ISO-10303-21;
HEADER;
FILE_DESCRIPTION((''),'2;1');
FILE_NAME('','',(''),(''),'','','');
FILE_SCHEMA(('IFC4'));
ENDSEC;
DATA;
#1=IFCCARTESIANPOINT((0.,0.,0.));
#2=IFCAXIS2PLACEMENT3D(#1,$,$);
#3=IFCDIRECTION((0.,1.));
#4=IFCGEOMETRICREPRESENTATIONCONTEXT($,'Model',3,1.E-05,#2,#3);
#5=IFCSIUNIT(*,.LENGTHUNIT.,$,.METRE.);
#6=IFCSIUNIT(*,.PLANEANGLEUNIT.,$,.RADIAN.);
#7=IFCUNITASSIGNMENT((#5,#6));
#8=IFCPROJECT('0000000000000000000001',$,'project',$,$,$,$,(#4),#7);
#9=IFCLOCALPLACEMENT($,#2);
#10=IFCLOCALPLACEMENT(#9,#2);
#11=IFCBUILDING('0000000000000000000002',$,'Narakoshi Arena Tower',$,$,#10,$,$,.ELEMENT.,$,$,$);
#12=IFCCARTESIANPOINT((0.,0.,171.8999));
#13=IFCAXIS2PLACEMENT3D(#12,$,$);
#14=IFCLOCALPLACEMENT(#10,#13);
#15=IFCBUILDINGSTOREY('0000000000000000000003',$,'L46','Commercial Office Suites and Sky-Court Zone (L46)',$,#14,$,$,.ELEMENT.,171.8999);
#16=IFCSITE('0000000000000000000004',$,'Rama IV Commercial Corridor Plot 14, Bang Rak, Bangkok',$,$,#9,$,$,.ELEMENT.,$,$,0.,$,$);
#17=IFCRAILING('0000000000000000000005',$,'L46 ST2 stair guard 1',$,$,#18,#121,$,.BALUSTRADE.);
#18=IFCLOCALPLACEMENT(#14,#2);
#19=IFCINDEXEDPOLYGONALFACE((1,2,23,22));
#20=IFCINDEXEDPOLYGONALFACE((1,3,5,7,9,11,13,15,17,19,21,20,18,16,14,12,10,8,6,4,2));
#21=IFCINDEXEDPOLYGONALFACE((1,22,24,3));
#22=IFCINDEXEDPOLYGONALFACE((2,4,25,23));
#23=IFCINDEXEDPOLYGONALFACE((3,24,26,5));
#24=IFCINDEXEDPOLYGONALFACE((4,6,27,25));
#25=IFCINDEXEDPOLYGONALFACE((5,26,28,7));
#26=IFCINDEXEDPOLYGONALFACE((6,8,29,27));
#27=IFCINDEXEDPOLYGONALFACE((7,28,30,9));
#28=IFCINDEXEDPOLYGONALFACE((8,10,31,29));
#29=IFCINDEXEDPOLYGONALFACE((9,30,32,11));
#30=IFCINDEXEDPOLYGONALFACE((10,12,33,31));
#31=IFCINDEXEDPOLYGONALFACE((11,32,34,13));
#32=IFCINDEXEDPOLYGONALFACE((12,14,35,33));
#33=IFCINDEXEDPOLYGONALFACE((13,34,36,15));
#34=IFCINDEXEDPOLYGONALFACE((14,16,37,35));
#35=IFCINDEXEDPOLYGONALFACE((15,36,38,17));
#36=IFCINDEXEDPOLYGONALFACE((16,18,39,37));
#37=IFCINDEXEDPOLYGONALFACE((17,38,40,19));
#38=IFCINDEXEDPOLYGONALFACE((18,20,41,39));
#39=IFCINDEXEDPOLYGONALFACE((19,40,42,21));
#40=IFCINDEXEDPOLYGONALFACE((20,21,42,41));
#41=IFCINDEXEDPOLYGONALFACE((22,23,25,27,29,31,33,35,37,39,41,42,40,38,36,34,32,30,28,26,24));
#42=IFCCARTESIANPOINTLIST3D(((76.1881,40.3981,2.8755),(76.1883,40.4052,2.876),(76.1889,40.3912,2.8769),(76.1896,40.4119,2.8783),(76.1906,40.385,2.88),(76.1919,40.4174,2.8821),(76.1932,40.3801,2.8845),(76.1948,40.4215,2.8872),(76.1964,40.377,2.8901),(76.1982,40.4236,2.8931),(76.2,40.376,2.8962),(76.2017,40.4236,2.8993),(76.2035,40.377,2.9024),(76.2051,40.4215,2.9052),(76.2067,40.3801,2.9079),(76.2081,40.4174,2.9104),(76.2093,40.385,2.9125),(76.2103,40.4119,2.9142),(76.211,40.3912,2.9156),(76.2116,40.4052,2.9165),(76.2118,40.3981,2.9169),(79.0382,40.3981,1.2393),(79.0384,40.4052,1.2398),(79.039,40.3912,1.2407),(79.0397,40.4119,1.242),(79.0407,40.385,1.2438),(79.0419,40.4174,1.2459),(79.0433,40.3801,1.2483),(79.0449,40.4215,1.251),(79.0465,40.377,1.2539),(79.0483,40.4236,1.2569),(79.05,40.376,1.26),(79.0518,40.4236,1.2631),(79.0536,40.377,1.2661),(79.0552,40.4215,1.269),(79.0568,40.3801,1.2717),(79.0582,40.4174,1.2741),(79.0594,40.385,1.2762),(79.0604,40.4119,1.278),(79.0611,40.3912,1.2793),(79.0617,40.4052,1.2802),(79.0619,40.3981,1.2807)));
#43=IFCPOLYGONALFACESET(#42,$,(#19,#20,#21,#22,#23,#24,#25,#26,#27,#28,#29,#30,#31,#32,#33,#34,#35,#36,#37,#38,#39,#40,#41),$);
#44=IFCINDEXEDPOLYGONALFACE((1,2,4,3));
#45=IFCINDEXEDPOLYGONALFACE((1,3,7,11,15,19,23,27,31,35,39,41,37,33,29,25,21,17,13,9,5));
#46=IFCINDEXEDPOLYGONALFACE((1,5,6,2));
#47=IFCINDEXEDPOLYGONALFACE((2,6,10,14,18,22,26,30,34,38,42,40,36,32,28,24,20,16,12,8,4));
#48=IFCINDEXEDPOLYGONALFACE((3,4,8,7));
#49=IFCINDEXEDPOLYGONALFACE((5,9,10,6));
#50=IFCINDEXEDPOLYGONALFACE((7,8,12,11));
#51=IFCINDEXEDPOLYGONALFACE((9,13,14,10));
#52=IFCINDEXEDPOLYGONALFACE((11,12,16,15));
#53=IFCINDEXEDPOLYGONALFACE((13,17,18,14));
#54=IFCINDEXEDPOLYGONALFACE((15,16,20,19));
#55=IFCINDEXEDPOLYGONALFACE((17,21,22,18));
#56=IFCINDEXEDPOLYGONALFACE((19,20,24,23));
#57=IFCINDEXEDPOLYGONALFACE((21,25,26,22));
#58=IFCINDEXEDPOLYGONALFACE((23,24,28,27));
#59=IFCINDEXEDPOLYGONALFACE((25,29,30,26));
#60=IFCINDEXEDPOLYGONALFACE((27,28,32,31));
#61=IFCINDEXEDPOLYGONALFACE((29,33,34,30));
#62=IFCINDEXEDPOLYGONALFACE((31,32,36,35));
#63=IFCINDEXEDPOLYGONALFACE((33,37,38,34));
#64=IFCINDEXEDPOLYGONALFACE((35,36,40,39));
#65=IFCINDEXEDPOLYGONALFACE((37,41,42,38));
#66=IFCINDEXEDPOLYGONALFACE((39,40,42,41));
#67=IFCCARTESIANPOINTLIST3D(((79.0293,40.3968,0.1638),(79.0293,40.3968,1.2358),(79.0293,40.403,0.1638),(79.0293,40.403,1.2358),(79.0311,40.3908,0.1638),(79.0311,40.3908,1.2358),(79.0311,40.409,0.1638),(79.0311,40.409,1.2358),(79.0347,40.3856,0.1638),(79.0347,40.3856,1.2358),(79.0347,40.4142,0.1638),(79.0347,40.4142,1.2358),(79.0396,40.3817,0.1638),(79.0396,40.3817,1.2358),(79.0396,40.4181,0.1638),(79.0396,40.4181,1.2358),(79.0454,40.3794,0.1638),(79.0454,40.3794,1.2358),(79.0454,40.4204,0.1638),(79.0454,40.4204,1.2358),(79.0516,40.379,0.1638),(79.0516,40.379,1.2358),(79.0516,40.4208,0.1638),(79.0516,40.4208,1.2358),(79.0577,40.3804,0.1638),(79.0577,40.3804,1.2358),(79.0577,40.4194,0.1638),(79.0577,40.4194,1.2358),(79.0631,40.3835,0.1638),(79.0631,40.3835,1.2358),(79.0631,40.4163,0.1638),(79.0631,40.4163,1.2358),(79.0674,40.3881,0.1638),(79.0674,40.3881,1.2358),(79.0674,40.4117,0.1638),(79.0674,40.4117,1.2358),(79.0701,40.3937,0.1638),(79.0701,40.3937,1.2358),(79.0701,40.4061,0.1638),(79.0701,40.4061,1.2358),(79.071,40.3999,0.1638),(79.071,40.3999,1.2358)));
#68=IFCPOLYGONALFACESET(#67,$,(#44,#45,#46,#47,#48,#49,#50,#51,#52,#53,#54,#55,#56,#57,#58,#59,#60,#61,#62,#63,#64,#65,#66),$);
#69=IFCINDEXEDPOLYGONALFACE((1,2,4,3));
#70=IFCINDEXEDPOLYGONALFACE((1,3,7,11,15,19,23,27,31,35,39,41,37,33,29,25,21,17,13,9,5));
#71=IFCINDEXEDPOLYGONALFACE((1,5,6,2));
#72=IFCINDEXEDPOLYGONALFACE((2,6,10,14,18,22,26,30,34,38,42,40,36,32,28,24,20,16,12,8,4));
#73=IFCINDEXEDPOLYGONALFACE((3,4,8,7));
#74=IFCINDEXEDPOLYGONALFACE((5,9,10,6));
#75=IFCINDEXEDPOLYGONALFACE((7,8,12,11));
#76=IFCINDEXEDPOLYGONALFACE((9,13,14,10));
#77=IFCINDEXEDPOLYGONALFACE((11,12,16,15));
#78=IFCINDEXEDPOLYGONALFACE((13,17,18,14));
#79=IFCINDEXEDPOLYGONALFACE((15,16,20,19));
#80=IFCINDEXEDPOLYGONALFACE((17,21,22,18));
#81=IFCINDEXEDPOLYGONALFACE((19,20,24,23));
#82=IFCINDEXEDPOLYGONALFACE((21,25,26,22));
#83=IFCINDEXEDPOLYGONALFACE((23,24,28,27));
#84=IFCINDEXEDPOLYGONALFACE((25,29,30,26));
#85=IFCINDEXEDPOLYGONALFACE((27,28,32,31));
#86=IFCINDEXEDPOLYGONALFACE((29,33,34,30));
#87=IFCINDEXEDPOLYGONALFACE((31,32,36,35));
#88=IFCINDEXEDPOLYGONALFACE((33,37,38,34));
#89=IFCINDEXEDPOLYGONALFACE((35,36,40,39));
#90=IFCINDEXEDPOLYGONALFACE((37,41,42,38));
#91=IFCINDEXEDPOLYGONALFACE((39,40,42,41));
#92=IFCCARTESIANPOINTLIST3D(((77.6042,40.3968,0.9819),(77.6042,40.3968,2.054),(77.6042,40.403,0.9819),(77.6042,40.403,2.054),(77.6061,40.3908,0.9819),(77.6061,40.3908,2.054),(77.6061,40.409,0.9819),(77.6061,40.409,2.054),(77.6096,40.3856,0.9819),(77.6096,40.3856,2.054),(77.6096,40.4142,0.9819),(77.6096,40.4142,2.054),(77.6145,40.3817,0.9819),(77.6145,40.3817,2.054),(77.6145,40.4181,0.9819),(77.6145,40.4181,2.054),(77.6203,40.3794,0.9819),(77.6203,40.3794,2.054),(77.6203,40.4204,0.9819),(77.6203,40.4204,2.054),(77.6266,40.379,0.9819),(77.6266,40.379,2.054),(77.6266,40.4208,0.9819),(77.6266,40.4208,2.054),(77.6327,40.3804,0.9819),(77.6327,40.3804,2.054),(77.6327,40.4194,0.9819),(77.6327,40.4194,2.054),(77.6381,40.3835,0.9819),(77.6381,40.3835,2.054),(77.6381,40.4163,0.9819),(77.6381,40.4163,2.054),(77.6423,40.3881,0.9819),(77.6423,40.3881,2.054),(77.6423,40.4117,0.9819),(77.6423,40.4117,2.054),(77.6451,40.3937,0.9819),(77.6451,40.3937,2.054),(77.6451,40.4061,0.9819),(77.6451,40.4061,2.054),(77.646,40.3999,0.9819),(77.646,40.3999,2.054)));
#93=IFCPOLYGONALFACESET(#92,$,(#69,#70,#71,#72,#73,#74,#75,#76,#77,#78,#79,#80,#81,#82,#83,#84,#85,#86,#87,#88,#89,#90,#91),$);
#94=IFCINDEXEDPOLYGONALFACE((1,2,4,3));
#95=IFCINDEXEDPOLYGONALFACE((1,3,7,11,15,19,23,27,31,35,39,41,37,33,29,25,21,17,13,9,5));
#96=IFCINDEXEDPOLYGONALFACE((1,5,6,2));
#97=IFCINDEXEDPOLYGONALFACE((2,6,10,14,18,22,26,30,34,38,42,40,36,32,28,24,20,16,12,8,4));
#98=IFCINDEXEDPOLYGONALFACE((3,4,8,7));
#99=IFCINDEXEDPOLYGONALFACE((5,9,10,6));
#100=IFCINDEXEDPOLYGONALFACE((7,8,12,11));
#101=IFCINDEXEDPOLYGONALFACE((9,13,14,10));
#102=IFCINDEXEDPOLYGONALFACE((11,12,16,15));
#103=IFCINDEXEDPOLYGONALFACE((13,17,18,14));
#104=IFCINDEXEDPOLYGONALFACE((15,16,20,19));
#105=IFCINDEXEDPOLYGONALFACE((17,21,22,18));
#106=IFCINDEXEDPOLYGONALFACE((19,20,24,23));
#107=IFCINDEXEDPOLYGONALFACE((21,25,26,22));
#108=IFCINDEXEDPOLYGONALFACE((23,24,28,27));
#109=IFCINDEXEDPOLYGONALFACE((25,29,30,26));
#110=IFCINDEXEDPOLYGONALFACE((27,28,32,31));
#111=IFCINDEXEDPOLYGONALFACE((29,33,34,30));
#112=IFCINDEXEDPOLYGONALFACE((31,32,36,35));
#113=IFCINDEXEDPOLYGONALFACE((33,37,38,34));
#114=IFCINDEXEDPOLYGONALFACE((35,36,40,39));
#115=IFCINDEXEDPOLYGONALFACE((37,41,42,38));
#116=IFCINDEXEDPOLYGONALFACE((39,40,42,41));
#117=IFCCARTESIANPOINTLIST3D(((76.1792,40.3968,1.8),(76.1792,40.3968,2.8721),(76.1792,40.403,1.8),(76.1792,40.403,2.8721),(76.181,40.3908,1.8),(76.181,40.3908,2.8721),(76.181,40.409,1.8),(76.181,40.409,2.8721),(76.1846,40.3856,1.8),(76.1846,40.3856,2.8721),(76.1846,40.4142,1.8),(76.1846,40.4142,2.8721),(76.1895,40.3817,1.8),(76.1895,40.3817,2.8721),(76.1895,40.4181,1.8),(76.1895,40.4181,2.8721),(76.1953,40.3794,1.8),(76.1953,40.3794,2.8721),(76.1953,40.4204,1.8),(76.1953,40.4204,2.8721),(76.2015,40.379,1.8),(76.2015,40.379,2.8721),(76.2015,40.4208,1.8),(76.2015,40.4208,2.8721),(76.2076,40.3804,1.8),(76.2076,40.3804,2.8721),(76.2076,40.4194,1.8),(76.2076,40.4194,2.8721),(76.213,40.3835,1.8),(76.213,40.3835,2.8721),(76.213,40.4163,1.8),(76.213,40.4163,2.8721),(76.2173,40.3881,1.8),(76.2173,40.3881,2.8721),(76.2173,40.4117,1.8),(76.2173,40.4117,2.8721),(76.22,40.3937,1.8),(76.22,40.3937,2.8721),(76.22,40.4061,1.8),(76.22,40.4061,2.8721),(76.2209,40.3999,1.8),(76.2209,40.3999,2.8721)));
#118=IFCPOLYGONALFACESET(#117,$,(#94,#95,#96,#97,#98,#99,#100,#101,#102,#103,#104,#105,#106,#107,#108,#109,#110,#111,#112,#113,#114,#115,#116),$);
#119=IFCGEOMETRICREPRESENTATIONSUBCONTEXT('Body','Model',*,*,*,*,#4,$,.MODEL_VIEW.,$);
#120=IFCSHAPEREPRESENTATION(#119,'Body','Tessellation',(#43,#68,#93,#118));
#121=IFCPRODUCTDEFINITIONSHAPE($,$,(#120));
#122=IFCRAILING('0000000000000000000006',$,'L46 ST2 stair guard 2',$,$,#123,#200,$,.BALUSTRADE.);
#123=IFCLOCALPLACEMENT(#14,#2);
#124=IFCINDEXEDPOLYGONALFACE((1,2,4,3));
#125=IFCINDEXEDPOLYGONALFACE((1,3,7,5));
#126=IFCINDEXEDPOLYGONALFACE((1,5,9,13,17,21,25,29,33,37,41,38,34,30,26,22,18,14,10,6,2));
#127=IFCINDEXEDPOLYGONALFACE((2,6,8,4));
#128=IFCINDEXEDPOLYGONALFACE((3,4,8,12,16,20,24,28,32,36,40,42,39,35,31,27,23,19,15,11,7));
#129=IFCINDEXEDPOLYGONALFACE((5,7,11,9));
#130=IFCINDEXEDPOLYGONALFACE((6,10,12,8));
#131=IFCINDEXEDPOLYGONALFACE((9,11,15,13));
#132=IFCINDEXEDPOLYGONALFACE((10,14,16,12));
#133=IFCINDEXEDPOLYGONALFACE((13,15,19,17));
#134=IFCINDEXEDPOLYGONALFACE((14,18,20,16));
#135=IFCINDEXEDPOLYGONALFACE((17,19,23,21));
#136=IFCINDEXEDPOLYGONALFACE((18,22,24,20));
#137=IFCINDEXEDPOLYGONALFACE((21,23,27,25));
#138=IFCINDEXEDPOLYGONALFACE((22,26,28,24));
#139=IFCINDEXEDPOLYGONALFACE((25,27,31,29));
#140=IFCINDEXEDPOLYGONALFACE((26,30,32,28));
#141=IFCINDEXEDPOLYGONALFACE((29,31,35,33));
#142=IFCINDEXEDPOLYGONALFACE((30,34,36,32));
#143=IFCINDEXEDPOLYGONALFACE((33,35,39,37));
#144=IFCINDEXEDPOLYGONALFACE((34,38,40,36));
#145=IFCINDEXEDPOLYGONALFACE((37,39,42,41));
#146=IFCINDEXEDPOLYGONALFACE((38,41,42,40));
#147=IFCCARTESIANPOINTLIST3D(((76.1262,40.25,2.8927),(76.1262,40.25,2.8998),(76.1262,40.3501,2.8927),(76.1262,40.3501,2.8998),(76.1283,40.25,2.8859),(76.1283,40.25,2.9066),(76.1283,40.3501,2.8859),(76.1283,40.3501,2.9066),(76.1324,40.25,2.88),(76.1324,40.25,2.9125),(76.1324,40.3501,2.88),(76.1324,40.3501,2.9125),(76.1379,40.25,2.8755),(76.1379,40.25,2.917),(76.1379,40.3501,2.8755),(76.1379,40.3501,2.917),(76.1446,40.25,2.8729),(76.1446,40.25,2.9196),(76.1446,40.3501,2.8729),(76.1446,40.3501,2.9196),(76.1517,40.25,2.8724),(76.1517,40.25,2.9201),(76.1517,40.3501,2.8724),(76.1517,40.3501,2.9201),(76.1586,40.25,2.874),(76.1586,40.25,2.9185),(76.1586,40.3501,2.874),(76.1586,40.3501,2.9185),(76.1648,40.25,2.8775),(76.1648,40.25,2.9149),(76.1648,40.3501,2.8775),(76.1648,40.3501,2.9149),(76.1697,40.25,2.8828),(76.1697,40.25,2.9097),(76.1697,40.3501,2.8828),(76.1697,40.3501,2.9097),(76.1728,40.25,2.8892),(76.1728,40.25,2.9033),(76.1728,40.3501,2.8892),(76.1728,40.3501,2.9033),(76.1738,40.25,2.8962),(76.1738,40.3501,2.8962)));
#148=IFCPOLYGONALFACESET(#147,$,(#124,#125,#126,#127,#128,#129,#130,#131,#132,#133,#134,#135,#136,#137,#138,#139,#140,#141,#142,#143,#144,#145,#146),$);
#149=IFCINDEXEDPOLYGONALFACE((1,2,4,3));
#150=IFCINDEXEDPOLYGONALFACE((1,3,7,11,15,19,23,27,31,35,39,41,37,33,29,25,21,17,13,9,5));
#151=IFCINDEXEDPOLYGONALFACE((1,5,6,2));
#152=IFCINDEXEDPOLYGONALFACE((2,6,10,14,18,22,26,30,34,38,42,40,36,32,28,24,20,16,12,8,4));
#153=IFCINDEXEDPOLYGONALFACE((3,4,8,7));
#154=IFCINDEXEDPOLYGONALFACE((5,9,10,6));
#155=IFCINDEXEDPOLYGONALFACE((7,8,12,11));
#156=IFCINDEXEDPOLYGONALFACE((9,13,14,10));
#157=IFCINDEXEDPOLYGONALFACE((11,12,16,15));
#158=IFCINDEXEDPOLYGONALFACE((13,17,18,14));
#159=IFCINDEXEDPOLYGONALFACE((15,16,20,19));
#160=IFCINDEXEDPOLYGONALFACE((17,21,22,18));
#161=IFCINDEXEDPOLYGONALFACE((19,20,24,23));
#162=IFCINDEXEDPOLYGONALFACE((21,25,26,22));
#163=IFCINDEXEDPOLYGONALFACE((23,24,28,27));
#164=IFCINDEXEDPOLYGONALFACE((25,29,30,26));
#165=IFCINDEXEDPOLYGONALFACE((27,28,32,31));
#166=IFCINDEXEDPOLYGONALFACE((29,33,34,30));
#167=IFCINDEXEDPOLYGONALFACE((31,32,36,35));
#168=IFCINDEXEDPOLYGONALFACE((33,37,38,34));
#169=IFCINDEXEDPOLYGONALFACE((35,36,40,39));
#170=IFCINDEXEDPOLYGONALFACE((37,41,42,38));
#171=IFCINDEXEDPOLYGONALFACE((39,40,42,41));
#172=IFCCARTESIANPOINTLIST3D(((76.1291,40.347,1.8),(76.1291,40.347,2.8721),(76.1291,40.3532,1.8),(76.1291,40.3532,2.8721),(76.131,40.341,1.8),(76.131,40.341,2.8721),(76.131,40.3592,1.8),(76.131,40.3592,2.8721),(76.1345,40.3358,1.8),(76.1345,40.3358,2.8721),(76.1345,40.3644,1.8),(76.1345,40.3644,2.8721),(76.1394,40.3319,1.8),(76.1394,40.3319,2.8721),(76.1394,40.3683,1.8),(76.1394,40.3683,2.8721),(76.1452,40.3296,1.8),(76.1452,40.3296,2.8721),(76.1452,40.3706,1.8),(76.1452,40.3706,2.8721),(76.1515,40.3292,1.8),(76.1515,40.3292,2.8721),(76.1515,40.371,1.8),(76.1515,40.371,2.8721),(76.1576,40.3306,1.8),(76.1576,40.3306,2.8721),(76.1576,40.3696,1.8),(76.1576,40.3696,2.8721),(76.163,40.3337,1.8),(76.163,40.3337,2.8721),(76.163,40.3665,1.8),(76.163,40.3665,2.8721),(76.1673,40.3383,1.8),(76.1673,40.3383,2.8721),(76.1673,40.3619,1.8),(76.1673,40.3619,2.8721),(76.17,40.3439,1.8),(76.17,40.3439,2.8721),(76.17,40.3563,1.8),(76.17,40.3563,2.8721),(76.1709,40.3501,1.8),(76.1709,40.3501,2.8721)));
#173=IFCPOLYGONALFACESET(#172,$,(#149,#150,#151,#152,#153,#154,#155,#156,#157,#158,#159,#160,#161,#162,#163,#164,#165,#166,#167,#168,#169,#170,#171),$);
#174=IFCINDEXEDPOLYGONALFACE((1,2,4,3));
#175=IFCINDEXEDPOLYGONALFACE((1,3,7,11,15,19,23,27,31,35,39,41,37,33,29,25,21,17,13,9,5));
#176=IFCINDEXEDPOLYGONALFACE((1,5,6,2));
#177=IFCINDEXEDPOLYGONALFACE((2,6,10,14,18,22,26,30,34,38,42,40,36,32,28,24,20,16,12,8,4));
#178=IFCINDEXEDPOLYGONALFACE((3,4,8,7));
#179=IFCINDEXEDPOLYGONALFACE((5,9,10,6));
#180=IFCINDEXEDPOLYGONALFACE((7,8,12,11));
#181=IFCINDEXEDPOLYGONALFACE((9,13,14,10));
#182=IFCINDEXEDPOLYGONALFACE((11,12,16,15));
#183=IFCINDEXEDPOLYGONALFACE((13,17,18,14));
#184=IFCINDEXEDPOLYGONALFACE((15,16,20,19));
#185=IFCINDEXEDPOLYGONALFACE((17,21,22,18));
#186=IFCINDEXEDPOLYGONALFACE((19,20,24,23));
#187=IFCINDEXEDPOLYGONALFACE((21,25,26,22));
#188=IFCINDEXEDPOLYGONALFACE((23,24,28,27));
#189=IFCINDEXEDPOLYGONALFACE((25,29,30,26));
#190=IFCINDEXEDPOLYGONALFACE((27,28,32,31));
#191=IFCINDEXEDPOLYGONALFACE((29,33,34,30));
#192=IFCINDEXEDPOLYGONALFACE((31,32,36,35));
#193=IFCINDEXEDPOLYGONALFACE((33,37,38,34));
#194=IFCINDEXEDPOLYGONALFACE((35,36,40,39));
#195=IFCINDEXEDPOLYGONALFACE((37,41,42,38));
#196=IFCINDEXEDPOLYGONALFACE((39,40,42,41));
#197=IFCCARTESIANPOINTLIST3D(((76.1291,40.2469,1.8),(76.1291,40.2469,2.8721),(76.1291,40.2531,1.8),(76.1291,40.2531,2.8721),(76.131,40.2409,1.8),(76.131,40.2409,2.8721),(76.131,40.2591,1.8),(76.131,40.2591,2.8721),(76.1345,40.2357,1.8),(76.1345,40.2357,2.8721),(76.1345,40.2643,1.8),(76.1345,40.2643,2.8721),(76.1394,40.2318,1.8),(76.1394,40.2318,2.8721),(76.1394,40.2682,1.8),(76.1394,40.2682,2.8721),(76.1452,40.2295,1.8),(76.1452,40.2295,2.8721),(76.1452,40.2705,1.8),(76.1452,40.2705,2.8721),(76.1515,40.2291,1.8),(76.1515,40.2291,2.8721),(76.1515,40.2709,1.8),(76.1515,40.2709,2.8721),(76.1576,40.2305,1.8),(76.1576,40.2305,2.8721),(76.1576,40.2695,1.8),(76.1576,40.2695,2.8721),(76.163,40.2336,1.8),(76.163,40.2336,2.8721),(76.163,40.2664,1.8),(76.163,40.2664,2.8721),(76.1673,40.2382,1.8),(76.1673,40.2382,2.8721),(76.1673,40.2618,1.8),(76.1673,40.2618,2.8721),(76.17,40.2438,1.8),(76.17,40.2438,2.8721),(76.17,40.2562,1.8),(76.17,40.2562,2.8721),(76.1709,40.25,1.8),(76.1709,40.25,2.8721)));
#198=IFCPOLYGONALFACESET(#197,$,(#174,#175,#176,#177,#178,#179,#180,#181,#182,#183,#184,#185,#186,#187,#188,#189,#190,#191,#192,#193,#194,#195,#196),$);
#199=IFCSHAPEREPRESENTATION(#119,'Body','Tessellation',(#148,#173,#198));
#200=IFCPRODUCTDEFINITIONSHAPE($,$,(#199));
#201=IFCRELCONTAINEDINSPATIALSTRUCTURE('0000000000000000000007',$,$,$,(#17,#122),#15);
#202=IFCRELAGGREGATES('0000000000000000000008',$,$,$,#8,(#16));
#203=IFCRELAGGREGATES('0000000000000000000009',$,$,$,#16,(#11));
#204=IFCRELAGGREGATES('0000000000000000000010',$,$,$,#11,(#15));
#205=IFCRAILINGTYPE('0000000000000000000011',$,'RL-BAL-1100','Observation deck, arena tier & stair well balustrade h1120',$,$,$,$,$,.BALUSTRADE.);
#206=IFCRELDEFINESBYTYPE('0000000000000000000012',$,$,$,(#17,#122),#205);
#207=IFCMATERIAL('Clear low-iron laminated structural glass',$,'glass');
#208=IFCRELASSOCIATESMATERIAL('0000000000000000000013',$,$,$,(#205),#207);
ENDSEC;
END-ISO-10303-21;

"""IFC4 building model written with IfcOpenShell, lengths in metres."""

from ifc_helpers import new_model, si_unit, direction, frame, origin, origin_2d, place, context, subcontext, project, spatial, circle, extrude, material, type_object, element, save


model = new_model("IFC4")

# Units and contexts
model_context = context("Model", 3, precision=1e-05, world=origin(), true_north=direction((0.0, 1.0)))
body_context = subcontext(model_context, "Body", "Model", "MODEL_VIEW")
ifc_project = project(units=[si_unit("LENGTHUNIT", "METRE"), si_unit("PLANEANGLEUNIT", "RADIAN")], contexts=[model_context])

# Site, building, storey
site_placement = place(None, origin())
site = spatial("IfcSite", under=ifc_project, at=site_placement, Name="Rama IV Commercial Corridor Plot 14, Bang Rak, Bangkok", CompositionType="ELEMENT", RefElevation=0.0)
building_placement = place(site_placement, origin())
building = spatial("IfcBuilding", under=site, at=building_placement, Name="Narakoshi Arena Tower", CompositionType="ELEMENT")
storey_placement = place(building_placement, frame((0.0, 0.0, 171.8999)))
storey = spatial("IfcBuildingStorey", under=building, at=storey_placement, Name="L46", Description="Commercial Office Suites and Sky-Court Zone (L46)", CompositionType="ELEMENT", Elevation=171.8999)

# Railings
ifc_material_1 = material(Name="Clear low-iron laminated structural glass", Category="glass")
railing_type_1 = type_object("IfcRailingType", Name="RL-BAL-1100", Description="Observation deck, arena tier & stair well balustrade h1120", PredefinedType="BALUSTRADE", material=ifc_material_1)
railing_1_placement = place(storey_placement, frame((79.05, 40.3999, 0.1638)))
element("IfcRailing", 1, at=railing_1_placement, inside=storey, type_object=railing_type_1, Name="L46 ST2 stair guard 1", PredefinedType="BALUSTRADE", context=body_context, shape_type="SweptSolid", body=[
    extrude(circle(Radius=0.0239, at=origin_2d()), frame((0.0, 0.0, 1.0962), z_axis=(-0.867245, 0.0, 0.497882), x_axis=(0.0, -1.0, 0.0)), (0.0, 0.0, 1.0), 3.2864),
    extrude(circle(Radius=0.021, at=origin_2d()), origin(), (0.0, 0.0, 1.0), 1.072),
    extrude(circle(Radius=0.021, at=origin_2d()), frame((-1.425, 0.0, 0.8181)), (0.0, 0.0, 1.0), 1.072),
    extrude(circle(Radius=0.021, at=origin_2d()), frame((-2.8501, 0.0, 1.6362)), (0.0, 0.0, 1.0), 1.072),
])
railing_2_placement = place(storey_placement, frame((76.1499, 40.3501, 1.8)))
element("IfcRailing", 2, at=railing_2_placement, inside=storey, type_object=railing_type_1, Name="L46 ST2 stair guard 2", PredefinedType="BALUSTRADE", context=body_context, shape_type="SweptSolid", body=[
    extrude(circle(Radius=0.0239, at=origin_2d()), frame((0.0, 0.0, 1.0962), z_axis=(0.0, -1.0, 0.0), x_axis=(1.0, 0.0, 0.0)), (0.0, 0.0, 1.0), 0.1001),
    extrude(circle(Radius=0.021, at=origin_2d()), origin(), (0.0, 0.0, 1.0), 1.072),
    extrude(circle(Radius=0.021, at=origin_2d()), frame((0.0, -0.1001, 0.0)), (0.0, 0.0, 1.0), 1.072),
])

save(model, "model.ifc")
